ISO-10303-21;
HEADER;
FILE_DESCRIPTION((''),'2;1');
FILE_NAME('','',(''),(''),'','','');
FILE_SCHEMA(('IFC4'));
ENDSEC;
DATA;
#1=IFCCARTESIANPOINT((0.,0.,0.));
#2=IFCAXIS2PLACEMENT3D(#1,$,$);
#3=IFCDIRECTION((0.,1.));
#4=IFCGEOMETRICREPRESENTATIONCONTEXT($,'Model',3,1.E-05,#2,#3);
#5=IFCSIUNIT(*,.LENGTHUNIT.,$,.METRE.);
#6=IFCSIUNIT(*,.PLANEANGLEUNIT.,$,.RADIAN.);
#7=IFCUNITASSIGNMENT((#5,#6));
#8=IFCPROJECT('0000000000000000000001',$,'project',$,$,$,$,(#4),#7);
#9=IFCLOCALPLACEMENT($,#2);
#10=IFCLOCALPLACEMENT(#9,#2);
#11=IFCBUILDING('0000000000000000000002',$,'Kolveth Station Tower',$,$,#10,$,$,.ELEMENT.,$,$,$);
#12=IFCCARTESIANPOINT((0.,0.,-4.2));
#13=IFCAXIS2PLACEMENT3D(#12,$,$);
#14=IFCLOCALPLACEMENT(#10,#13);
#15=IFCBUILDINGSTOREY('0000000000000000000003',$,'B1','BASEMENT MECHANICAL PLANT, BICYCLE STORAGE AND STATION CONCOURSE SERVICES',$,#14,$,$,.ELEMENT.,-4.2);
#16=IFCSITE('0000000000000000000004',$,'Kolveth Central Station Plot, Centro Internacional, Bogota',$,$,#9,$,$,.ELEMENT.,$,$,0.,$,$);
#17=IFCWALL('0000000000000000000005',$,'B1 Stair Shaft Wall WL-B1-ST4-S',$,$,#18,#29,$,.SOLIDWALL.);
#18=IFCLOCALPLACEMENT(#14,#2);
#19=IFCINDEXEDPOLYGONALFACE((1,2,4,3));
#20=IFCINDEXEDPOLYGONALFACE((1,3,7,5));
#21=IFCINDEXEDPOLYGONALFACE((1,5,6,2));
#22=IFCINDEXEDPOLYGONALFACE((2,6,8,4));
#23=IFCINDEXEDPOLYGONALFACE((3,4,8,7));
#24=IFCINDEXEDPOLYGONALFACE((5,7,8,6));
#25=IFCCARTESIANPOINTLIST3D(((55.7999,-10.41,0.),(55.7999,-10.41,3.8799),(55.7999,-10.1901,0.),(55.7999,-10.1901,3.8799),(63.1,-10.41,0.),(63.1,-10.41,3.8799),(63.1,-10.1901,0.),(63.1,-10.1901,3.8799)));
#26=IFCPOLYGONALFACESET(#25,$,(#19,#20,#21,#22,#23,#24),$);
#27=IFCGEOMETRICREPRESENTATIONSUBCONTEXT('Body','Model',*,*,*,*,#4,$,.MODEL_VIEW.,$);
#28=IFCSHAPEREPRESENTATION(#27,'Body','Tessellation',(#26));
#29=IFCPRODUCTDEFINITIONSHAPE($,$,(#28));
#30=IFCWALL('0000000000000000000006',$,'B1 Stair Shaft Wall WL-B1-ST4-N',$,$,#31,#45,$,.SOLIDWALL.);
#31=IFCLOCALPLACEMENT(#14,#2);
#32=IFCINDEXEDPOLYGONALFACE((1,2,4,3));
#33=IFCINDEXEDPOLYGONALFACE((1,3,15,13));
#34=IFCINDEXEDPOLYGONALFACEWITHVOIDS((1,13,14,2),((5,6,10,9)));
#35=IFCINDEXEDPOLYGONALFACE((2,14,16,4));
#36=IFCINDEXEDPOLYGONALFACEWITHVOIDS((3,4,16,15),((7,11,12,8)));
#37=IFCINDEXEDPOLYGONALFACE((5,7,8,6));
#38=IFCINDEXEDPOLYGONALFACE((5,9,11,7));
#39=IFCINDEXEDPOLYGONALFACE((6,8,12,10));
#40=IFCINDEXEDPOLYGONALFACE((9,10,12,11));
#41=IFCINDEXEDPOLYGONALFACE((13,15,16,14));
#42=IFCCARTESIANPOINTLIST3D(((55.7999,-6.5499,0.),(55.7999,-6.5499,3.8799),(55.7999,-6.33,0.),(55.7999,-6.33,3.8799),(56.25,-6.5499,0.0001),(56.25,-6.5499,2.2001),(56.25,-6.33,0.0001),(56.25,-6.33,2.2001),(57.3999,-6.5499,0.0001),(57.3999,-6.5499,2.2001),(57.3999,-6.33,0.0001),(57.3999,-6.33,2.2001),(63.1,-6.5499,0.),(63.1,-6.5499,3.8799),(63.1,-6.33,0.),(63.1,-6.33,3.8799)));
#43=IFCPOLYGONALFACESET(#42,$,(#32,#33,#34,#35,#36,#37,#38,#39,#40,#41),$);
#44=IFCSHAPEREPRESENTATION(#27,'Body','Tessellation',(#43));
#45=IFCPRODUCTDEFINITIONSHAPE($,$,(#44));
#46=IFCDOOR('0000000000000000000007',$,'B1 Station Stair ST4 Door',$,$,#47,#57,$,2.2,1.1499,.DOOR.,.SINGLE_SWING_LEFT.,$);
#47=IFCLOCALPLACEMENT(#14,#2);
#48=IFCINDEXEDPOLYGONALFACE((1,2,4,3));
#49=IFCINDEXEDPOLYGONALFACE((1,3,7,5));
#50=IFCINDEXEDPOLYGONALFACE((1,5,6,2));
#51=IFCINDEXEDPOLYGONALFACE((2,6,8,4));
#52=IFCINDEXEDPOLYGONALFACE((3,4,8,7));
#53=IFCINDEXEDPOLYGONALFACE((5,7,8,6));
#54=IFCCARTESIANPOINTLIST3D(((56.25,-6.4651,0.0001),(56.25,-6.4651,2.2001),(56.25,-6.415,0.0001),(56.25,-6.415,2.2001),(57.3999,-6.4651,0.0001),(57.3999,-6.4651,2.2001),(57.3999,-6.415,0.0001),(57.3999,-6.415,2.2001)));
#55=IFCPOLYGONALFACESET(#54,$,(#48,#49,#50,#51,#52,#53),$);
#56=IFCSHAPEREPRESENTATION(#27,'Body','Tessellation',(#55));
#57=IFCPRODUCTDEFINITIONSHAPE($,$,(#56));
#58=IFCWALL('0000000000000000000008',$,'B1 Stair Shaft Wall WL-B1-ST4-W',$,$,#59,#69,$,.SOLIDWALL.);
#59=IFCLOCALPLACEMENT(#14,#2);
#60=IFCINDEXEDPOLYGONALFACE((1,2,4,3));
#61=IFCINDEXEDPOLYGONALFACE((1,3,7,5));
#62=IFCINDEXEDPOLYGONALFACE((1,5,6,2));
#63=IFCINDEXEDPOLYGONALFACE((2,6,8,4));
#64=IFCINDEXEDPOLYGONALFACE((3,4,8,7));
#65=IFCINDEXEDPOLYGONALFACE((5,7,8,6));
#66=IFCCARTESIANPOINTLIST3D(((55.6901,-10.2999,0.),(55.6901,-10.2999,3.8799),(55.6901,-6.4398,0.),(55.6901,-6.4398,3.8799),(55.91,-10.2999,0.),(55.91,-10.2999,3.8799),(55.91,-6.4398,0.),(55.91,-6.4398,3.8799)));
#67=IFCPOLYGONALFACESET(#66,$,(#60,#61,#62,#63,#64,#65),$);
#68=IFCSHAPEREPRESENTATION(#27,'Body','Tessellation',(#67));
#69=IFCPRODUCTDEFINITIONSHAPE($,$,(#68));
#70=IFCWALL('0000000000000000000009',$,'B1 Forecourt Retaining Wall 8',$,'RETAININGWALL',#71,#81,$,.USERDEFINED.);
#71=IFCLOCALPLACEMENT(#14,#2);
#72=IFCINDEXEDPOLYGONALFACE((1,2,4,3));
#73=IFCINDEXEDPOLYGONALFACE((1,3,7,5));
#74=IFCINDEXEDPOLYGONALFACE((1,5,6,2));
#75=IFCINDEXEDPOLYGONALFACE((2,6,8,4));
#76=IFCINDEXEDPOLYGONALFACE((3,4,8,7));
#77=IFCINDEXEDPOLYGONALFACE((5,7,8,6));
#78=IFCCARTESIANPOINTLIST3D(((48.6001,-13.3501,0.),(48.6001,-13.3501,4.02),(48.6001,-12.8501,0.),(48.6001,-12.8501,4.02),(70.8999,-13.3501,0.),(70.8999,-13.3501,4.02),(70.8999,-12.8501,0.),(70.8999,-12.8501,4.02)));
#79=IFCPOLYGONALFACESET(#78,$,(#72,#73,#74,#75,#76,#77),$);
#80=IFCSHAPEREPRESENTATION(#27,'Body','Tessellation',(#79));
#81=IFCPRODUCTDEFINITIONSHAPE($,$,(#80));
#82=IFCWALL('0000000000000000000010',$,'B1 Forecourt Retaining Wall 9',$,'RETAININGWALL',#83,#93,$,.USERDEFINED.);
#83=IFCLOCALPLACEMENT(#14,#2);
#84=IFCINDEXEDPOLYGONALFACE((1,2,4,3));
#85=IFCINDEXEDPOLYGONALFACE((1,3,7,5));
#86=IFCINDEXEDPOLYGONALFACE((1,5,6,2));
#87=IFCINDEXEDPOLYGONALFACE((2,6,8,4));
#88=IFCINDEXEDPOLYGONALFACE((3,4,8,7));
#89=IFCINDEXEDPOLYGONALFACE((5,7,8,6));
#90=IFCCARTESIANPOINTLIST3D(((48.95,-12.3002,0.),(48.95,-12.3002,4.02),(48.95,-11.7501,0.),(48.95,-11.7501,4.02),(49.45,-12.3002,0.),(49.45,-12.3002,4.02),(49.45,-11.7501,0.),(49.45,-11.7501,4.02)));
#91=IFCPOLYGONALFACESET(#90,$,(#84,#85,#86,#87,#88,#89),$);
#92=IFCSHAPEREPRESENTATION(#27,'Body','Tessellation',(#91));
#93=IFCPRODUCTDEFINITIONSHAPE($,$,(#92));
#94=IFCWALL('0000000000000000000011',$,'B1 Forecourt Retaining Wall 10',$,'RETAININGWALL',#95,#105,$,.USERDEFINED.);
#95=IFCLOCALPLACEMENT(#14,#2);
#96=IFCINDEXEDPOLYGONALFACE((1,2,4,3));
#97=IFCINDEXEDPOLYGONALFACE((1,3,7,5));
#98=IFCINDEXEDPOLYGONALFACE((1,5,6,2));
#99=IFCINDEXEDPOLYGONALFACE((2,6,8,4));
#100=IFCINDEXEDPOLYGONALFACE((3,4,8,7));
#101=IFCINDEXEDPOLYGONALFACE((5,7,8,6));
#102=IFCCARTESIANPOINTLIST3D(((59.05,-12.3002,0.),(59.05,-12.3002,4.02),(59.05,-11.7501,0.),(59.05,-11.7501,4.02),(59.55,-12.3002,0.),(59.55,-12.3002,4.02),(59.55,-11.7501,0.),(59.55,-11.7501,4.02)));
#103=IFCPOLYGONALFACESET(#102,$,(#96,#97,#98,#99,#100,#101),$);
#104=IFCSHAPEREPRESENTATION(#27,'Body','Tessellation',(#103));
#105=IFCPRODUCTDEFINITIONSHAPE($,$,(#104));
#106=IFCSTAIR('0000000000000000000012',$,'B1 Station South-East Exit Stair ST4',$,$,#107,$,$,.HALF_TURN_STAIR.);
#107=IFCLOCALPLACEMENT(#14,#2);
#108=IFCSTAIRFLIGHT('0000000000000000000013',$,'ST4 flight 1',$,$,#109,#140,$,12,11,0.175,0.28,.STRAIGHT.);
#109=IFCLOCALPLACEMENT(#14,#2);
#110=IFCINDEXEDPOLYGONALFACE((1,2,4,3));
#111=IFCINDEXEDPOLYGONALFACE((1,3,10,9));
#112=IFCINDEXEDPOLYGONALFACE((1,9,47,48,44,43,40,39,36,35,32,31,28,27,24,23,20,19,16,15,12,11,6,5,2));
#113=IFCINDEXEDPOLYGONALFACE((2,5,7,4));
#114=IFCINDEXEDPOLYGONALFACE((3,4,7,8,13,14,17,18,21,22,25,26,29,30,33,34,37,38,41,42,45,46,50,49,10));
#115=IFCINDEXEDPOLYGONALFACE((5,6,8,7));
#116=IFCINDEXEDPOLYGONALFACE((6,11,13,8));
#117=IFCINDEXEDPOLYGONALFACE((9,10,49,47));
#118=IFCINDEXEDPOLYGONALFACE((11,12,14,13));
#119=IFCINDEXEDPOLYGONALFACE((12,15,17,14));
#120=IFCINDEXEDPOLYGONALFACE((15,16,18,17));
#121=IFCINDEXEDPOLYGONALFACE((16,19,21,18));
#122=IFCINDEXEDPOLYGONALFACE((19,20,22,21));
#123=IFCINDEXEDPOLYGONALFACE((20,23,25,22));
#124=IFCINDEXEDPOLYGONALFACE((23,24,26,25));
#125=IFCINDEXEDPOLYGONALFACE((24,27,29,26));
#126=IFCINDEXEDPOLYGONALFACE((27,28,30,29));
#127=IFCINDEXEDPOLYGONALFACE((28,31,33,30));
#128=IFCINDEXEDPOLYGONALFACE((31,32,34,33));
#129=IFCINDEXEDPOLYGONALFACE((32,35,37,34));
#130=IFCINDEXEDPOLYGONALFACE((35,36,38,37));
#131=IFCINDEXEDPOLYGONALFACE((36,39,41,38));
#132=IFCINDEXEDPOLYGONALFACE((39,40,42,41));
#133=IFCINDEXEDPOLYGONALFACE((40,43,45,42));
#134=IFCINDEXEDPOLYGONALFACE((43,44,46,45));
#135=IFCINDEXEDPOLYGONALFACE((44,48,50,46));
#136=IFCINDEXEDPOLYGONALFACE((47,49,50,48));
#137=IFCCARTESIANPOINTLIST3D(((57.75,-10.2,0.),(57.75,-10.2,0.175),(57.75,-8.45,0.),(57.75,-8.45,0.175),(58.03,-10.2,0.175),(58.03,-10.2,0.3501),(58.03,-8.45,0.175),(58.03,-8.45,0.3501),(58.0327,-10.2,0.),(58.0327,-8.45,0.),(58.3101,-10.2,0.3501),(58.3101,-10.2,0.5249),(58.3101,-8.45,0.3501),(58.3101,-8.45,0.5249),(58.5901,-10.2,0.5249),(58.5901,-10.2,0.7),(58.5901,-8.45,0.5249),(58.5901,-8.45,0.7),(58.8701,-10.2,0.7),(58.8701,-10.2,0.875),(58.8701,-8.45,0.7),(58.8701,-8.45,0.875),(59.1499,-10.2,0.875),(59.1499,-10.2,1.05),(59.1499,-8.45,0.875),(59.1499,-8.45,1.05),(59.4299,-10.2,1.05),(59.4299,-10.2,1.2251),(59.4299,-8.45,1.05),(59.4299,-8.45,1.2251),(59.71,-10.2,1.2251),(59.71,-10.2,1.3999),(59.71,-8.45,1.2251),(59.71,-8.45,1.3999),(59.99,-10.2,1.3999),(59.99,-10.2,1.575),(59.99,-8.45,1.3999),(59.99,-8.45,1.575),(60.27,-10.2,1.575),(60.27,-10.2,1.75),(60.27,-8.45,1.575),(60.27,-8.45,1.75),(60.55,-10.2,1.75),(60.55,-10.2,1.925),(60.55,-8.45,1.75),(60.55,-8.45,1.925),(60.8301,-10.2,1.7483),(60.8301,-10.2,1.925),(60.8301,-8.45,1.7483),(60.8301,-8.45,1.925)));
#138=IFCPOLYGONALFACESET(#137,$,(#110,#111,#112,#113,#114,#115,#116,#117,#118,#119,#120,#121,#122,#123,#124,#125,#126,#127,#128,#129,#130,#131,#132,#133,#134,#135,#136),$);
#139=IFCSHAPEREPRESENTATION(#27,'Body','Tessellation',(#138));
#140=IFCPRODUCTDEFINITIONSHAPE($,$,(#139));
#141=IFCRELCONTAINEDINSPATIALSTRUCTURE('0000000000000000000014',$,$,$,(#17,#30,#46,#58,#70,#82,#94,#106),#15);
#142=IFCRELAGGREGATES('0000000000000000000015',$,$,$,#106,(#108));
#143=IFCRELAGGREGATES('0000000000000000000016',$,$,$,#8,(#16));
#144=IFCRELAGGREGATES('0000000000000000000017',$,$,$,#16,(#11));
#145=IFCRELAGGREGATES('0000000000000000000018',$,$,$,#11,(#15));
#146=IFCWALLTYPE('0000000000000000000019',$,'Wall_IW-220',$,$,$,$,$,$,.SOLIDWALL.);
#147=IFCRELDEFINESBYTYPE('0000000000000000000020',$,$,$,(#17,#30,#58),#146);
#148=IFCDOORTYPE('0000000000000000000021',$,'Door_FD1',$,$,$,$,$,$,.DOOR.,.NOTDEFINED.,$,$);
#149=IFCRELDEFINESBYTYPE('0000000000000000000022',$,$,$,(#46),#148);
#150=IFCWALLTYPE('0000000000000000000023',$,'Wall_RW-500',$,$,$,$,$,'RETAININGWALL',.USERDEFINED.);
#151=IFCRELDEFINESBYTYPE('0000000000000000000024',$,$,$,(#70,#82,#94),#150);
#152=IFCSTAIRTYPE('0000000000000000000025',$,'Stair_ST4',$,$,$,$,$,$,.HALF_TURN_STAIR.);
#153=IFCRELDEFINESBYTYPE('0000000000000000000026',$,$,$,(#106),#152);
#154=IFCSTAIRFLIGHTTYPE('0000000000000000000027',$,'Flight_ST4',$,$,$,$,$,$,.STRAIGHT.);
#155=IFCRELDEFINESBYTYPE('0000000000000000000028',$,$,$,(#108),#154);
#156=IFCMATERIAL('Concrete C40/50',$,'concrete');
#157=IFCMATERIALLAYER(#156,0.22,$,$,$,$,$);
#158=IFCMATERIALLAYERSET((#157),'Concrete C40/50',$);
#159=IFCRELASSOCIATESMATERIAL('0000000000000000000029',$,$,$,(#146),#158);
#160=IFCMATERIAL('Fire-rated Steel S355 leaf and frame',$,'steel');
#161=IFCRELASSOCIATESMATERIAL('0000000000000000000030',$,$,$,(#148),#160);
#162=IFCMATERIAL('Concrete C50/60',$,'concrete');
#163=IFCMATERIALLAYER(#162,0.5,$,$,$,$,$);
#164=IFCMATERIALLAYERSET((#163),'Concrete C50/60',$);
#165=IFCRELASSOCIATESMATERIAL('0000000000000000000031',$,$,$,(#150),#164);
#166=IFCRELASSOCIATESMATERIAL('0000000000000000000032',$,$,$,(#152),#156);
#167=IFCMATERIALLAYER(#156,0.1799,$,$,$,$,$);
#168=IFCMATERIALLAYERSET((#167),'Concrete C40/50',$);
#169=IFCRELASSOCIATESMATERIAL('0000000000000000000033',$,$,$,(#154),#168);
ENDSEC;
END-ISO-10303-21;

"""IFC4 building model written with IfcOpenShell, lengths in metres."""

from ifc_helpers import new_model, si_unit, direction, frame, frame_2d, origin, place, context, subcontext, project, spatial, polyline, rectangle, outline, extrude, material, layer, layer_set, type_object, element, fill, aggregate, save


model = new_model("IFC4")

# Units and contexts
model_context = context("Model", 3, precision=1e-05, world=origin(), true_north=direction((0.0, 1.0)))
body_context = subcontext(model_context, "Body", "Model", "MODEL_VIEW")
ifc_project = project(units=[si_unit("LENGTHUNIT", "METRE"), si_unit("PLANEANGLEUNIT", "RADIAN")], contexts=[model_context])

# Site, building, storey
site_placement = place(None, origin())
site = spatial("IfcSite", under=ifc_project, at=site_placement, Name="Kolveth Central Station Plot, Centro Internacional, Bogota", CompositionType="ELEMENT", RefElevation=0.0)
building_placement = place(site_placement, origin())
building = spatial("IfcBuilding", under=site, at=building_placement, Name="Kolveth Station Tower", CompositionType="ELEMENT")
storey_placement = place(building_placement, frame((0.0, 0.0, -4.2)))
storey = spatial("IfcBuildingStorey", under=building, at=storey_placement, Name="B1", Description="BASEMENT MECHANICAL PLANT, BICYCLE STORAGE AND STATION CONCOURSE SERVICES", CompositionType="ELEMENT", Elevation=-4.2)

# Wall
ifc_material_1 = material(Name="Concrete C40/50", Category="concrete")
ifc_layer_1 = layer(ifc_material_1, 0.22)
ifc_layer_set_1 = layer_set([ifc_layer_1], Name="Concrete C40/50")
wall_type_1 = type_object("IfcWallType", Name="Wall_IW-220", PredefinedType="SOLIDWALL", material=ifc_layer_set_1)
wall_1_placement = place(storey_placement, frame((55.8, -10.3, 0.0), z_axis=(0.0, 0.0, 1.0), x_axis=(1.0, 0.0, 0.0)))
element("IfcWall", 1, at=wall_1_placement, inside=storey, type_object=wall_type_1, Name="B1 Stair Shaft Wall WL-B1-ST4-S", PredefinedType="SOLIDWALL", context=body_context, shape_type="SweptSolid", body=[
    extrude(rectangle(XDim=7.3, YDim=0.22, at=frame_2d((3.6499, 0.0))), origin(), (0.0, 0.0, 1.0), 3.8799),
])

# Wall, opening, door
wall_2_placement = place(storey_placement, frame((55.8, -6.4399, 0.0), z_axis=(0.0, 0.0, 1.0), x_axis=(1.0, 0.0, 0.0)))
wall_2 = element("IfcWall", 2, at=wall_2_placement, inside=storey, type_object=wall_type_1, Name="B1 Stair Shaft Wall WL-B1-ST4-N", PredefinedType="SOLIDWALL", context=body_context, shape_type="SweptSolid", body=[
    extrude(rectangle(XDim=7.3, YDim=0.22, at=frame_2d((3.6499, 0.0))), origin(), (0.0, 0.0, 1.0), 3.8799),
])
opening_1_placement = place(wall_2_placement, frame((0.45, 0.0, 0.0)))
opening_1 = element("IfcOpeningElement", 3, at=opening_1_placement, cuts=wall_2, PredefinedType="OPENING", context=body_context, shape_type="SweptSolid", body=[
    extrude(rectangle(XDim=1.1499, YDim=2.2, at=frame_2d((0.575, 1.1001))), frame((0.0, 0.1199, 0.0), z_axis=(0.0, -1.0, 0.0), x_axis=(1.0, 0.0, 0.0)), (0.0, 0.0, 1.0), 0.24),
])
ifc_material_2 = material(Name="Fire-rated Steel S355 leaf and frame", Category="steel")
door_type_1 = type_object("IfcDoorType", Name="Door_FD1", OperationType="NOTDEFINED", PredefinedType="DOOR", material=ifc_material_2)
door_1_placement = place(opening_1_placement, origin())
door_1 = element("IfcDoor", 4, at=door_1_placement, inside=storey, type_object=door_type_1, Name="B1 Station Stair ST4 Door", OperationType="SINGLE_SWING_LEFT", OverallHeight=2.2, OverallWidth=1.1499, PredefinedType="DOOR", context=body_context, shape_type="SweptSolid", body=[
    extrude(rectangle(XDim=1.1499, YDim=2.2, at=frame_2d((0.575, 1.1001))), frame((0.0, 0.0249, 0.0), z_axis=(0.0, -1.0, 0.0), x_axis=(1.0, 0.0, 0.0)), (0.0, 0.0, 1.0), 0.05),
])
fill(opening_1, door_1)

# Walls
wall_3_placement = place(storey_placement, frame((55.8, -10.3, 0.0), z_axis=(0.0, 0.0, 1.0), x_axis=(0.0, 1.0, 0.0)))
element("IfcWall", 5, at=wall_3_placement, inside=storey, type_object=wall_type_1, Name="B1 Stair Shaft Wall WL-B1-ST4-W", PredefinedType="SOLIDWALL", context=body_context, shape_type="SweptSolid", body=[
    extrude(rectangle(XDim=3.8601, YDim=0.22, at=frame_2d((1.9302, 0.0))), origin(), (0.0, 0.0, 1.0), 3.8799),
])
ifc_material_3 = material(Name="Concrete C50/60", Category="concrete")
ifc_layer_2 = layer(ifc_material_3, 0.5)
ifc_layer_set_2 = layer_set([ifc_layer_2], Name="Concrete C50/60")
wall_type_2 = type_object("IfcWallType", Name="Wall_RW-500", ElementType="RETAININGWALL", PredefinedType="USERDEFINED", material=ifc_layer_set_2)
wall_4_placement = place(storey_placement, frame((48.6001, -13.1001, 0.0), z_axis=(0.0, 0.0, 1.0), x_axis=(1.0, 0.0, 0.0)))
element("IfcWall", 6, at=wall_4_placement, inside=storey, type_object=wall_type_2, Name="B1 Forecourt Retaining Wall 8", ObjectType="RETAININGWALL", PredefinedType="USERDEFINED", context=body_context, shape_type="SweptSolid", body=[
    extrude(rectangle(XDim=22.2998, YDim=0.5, at=frame_2d((11.1499, 0.0))), origin(), (0.0, 0.0, 1.0), 4.02),
])
for number, where, z_axis, x_axis, name in (
    (7, (49.2, -12.3, 0.0), (0.0, 0.0, 1.0), (0.0, 1.0, 0.0), "B1 Forecourt Retaining Wall 9"),
    (8, (59.3, -12.3, 0.0), (0.0, 0.0, 1.0), (0.0, 1.0, 0.0), "B1 Forecourt Retaining Wall 10"),
):
    element("IfcWall", number, at=place(storey_placement, frame(where, z_axis=z_axis, x_axis=x_axis)), inside=storey, type_object=wall_type_2, Name=name, ObjectType="RETAININGWALL", PredefinedType="USERDEFINED", context=body_context, shape_type="SweptSolid", body=[
        extrude(rectangle(XDim=0.55, YDim=0.5, at=frame_2d((0.2749, 0.0))), origin(), (0.0, 0.0, 1.0), 4.02),
    ])

# Stair, stair flight
stair_type = type_object("IfcStairType", Name="Stair_ST4", PredefinedType="HALF_TURN_STAIR", material=ifc_material_1)
stair_placement = place(storey_placement, origin())
stair = element("IfcStair", 9, at=stair_placement, inside=storey, type_object=stair_type, Name="B1 Station South-East Exit Stair ST4", PredefinedType="HALF_TURN_STAIR")
ifc_layer_3 = layer(ifc_material_1, 0.1799)
ifc_layer_set_3 = layer_set([ifc_layer_3], Name="Concrete C40/50")
stair_flight_type = type_object("IfcStairFlightType", Name="Flight_ST4", PredefinedType="STRAIGHT", material=ifc_layer_set_3)
stair_flight_placement = place(storey_placement, frame((57.75, -9.325, 0.0), z_axis=(0.0, 0.0, 1.0), x_axis=(1.0, 0.0, 0.0)))
stair_flight = element("IfcStairFlight", 10, at=stair_flight_placement, type_object=stair_flight_type, Name="ST4 flight 1", NumberOfRisers=12, NumberOfTreads=11, PredefinedType="STRAIGHT", RiserHeight=0.175, TreadLength=0.28, context=body_context, shape_type="SweptSolid", body=[
    extrude(outline(polyline([(0.0, 0.0), (0.0, 0.175), (0.28, 0.175), (0.28, 0.3501), (0.5601, 0.3501), (0.5601, 0.5249), (0.8401, 0.5249), (0.8401, 0.7), (1.1201, 0.7), (1.1201, 0.875), (1.3999, 0.875), (1.3999, 1.05), (1.6799, 1.05), (1.6799, 1.2251), (1.96, 1.2251), (1.96, 1.3999), (2.24, 1.3999), (2.24, 1.575), (2.52, 1.575), (2.52, 1.75), (2.8, 1.75), (2.8, 1.925), (3.0801, 1.925), (3.0801, 2.1001), (3.0801, 1.7483), (0.2827, 0.0), (0.0, 0.0)])), frame((0.0, 0.875, 0.0), z_axis=(0.0, -1.0, 0.0), x_axis=(1.0, 0.0, 0.0)), (0.0, 0.0, 1.0), 1.75),
])
aggregate(stair, [stair_flight])

save(model, "model.ifc")
